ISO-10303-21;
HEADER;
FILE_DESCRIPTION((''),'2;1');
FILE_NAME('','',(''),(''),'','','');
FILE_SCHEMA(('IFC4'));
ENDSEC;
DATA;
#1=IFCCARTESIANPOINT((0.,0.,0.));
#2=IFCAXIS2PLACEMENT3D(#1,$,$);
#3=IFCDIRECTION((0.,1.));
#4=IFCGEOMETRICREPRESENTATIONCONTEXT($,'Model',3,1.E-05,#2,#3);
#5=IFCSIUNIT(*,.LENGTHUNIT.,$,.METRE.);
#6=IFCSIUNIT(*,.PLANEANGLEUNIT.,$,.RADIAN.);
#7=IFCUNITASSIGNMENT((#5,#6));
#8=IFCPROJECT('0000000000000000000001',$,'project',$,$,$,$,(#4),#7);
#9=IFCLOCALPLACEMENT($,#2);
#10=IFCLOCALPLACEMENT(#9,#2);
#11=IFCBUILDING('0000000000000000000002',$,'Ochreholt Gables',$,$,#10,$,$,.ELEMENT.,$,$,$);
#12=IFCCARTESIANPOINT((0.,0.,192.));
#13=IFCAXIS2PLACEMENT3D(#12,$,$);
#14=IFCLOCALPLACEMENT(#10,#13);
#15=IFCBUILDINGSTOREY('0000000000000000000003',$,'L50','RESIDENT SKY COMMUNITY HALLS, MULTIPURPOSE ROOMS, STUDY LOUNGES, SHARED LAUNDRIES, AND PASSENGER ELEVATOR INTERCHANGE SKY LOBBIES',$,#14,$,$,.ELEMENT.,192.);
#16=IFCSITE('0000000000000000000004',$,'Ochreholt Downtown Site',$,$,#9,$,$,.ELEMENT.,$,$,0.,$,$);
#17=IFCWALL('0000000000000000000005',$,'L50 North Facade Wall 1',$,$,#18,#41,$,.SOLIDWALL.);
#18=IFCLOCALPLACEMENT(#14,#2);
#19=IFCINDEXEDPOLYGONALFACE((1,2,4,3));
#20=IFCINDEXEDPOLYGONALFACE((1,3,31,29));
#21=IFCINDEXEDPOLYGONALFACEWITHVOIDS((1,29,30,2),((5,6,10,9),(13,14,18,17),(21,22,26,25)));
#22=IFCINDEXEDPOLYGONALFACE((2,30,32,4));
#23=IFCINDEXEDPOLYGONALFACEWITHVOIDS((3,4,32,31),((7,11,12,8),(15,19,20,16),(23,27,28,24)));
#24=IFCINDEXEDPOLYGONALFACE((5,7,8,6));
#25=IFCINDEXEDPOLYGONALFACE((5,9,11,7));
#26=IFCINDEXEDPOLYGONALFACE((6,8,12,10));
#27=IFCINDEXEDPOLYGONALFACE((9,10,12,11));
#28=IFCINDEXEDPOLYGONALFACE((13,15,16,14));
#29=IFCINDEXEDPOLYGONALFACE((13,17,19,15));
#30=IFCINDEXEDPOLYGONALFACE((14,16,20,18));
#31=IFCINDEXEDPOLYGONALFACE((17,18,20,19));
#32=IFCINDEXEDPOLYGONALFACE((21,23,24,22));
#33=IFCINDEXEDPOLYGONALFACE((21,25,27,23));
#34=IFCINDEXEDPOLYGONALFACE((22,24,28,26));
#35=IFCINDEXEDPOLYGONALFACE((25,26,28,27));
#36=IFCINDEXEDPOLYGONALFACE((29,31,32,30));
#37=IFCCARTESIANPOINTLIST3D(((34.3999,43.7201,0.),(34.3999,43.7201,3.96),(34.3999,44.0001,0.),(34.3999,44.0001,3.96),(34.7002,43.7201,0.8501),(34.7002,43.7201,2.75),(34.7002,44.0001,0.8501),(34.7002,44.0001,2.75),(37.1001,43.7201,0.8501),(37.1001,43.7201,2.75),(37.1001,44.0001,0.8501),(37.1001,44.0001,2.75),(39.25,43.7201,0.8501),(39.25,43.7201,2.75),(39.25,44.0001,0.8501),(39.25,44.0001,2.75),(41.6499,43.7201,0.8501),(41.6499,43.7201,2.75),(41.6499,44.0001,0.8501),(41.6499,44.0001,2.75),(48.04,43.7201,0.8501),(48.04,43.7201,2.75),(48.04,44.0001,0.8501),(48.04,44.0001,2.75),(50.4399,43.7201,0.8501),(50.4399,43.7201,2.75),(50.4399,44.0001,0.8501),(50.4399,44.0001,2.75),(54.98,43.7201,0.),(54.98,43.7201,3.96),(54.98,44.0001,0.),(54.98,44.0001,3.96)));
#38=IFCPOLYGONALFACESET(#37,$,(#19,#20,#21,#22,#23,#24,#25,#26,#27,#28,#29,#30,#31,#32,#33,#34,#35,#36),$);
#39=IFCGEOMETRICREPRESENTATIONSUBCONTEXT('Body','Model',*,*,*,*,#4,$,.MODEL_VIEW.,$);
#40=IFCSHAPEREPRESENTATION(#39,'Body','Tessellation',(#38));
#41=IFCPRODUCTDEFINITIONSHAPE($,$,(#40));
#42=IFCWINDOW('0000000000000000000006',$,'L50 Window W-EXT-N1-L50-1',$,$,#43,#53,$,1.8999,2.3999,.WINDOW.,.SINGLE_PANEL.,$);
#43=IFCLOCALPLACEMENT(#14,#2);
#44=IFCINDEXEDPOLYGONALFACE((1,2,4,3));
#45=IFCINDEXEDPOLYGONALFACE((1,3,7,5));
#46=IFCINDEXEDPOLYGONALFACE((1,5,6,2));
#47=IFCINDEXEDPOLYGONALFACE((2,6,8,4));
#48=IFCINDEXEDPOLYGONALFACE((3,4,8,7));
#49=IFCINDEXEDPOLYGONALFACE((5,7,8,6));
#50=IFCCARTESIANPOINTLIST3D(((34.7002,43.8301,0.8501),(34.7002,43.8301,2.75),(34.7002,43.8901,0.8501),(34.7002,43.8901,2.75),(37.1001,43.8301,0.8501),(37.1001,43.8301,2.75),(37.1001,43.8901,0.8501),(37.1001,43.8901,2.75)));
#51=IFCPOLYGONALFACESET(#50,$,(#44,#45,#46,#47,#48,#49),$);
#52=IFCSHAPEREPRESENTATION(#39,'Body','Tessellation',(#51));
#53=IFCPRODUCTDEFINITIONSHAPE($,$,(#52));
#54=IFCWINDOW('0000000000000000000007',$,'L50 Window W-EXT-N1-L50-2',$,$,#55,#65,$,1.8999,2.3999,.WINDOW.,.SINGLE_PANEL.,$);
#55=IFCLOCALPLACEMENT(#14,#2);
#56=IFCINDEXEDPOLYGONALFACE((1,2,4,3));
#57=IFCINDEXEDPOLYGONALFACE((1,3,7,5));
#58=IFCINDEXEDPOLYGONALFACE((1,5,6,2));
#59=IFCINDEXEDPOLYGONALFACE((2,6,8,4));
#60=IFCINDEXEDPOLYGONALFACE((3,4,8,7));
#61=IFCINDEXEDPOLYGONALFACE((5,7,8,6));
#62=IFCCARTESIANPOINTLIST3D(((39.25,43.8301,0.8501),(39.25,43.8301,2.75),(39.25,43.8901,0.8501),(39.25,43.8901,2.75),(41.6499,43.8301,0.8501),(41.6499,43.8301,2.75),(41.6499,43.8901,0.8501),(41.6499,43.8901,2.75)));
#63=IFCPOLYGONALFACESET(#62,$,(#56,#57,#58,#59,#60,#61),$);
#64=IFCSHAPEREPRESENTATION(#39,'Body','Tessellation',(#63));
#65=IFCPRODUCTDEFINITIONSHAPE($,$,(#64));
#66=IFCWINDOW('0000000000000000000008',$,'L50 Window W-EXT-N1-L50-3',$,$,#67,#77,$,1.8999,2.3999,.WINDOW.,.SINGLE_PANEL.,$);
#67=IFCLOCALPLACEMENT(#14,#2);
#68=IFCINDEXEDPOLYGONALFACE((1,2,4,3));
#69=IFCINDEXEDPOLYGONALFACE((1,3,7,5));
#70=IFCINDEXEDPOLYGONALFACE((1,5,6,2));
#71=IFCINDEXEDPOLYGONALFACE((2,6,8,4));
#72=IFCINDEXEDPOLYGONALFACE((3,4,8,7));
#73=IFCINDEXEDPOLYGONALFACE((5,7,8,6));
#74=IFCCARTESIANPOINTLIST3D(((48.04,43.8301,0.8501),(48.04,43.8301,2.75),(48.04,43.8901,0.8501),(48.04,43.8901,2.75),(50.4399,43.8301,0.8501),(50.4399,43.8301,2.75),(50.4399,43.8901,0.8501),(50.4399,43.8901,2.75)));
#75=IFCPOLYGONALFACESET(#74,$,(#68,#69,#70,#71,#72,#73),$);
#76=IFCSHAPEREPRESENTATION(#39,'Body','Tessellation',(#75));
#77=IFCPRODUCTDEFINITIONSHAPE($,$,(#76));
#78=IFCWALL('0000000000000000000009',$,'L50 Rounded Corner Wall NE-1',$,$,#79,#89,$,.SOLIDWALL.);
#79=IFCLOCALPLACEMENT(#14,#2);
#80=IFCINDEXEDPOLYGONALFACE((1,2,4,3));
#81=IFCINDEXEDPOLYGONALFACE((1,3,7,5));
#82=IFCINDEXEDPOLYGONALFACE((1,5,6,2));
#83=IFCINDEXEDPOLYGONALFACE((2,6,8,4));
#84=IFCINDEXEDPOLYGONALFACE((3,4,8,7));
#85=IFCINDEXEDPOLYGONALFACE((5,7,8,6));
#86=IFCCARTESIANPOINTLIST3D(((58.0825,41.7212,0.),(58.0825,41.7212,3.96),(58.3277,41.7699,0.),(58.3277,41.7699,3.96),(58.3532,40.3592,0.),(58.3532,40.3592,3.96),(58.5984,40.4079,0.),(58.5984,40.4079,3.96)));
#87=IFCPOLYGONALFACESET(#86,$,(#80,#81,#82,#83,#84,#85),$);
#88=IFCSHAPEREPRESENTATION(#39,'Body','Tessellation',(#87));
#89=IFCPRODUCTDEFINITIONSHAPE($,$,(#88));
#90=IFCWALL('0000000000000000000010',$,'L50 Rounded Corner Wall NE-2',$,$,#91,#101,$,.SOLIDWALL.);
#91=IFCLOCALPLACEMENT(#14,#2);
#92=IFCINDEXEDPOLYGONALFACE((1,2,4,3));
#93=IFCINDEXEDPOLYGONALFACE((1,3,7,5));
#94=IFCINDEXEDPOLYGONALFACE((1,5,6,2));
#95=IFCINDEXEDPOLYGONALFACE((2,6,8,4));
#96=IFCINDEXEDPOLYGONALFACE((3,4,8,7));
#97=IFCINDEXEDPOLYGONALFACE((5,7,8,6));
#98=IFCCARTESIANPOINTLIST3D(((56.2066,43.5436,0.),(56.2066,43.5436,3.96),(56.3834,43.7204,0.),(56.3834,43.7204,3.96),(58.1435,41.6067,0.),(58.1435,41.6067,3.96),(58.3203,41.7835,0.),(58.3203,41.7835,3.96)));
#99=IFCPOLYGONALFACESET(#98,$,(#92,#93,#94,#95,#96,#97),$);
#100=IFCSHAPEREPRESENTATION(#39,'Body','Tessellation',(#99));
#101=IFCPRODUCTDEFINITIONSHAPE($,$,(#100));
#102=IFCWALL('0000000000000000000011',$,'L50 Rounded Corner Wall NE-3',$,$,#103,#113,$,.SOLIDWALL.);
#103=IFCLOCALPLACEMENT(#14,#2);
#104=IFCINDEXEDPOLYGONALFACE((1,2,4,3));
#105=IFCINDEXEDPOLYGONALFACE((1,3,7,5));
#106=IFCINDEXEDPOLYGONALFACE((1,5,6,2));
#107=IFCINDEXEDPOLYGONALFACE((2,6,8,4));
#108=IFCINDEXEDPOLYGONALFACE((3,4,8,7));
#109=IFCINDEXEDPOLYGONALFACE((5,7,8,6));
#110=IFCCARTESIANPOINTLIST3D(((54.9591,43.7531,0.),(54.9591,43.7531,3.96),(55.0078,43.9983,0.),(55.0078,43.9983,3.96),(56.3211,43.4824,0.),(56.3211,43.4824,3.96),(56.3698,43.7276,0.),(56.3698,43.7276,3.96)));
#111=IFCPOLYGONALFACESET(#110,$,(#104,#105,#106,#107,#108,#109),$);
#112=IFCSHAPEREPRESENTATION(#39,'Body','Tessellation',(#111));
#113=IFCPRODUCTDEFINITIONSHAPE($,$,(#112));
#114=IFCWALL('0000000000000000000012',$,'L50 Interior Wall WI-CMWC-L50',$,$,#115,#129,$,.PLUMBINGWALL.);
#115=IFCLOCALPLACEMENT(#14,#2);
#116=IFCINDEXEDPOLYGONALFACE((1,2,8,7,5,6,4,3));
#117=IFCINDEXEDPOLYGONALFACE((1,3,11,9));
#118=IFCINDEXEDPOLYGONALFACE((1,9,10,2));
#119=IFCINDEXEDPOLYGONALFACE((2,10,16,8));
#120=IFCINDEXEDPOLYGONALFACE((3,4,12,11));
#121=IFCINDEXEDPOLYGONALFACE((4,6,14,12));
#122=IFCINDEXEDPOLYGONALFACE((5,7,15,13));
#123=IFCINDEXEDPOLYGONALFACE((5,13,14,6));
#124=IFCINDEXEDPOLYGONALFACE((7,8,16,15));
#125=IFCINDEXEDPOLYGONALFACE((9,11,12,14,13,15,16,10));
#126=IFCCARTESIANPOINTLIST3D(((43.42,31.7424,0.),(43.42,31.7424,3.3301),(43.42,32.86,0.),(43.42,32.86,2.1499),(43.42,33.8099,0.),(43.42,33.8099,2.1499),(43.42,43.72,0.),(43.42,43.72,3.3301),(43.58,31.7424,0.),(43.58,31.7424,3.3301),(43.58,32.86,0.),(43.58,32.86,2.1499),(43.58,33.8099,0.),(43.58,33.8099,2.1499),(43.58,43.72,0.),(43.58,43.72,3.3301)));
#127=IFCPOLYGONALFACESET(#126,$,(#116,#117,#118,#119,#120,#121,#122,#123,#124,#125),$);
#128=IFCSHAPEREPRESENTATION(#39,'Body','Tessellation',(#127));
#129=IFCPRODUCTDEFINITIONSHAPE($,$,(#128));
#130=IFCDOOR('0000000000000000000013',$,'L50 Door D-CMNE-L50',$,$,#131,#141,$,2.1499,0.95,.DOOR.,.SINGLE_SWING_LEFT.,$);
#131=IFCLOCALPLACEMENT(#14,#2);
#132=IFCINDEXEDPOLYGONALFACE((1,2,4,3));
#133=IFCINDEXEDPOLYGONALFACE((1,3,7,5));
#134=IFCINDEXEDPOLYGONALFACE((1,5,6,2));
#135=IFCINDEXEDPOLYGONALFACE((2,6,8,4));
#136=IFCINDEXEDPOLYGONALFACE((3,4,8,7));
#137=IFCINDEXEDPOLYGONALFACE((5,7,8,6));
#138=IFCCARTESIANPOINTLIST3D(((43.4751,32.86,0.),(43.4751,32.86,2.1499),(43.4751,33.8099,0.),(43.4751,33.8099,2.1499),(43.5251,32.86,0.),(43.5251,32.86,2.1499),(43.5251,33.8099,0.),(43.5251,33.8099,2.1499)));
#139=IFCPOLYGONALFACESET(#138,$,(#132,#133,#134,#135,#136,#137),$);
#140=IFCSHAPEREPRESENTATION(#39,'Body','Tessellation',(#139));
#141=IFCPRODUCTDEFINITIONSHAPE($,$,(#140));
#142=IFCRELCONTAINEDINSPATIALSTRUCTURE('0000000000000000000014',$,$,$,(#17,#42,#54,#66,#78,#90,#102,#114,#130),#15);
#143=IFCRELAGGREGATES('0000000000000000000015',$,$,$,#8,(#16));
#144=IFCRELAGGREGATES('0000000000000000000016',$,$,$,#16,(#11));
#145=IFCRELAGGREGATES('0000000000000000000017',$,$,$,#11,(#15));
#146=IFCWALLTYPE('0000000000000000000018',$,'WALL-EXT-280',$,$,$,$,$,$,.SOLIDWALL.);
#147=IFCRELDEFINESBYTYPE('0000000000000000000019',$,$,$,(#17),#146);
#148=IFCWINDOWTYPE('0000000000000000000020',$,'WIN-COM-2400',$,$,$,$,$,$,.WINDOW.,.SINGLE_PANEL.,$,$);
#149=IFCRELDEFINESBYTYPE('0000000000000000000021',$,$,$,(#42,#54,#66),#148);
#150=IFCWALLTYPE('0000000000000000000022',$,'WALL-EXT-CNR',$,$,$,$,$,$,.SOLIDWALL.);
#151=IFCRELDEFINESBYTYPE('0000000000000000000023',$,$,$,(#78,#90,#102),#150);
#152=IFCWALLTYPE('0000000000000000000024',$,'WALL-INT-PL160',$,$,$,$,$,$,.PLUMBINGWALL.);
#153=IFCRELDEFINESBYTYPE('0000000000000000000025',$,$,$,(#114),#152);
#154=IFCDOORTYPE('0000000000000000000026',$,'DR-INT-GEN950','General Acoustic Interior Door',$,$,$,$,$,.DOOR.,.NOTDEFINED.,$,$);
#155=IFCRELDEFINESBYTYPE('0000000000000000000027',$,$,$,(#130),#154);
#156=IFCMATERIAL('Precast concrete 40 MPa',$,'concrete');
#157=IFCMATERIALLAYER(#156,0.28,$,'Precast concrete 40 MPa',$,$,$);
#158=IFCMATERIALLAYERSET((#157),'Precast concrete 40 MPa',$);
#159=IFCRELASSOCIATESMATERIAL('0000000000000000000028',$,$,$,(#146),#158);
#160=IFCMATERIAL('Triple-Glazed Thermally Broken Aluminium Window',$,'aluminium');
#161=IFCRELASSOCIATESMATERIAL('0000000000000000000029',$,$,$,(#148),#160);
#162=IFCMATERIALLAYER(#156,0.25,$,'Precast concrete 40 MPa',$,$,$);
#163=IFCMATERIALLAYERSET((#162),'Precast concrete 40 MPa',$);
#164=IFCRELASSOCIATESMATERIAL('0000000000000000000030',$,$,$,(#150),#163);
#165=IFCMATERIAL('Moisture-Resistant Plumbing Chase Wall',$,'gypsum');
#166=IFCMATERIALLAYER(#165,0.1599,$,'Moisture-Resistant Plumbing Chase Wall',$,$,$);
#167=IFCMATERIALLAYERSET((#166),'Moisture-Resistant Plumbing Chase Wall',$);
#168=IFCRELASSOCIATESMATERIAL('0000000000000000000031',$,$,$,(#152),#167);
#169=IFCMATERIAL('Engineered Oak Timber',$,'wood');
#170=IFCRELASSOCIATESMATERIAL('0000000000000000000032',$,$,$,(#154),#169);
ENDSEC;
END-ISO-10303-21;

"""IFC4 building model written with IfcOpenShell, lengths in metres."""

from ifc_helpers import new_model, si_unit, direction, frame, frame_2d, origin, place, context, subcontext, project, spatial, rectangle, extrude, material, layer, layer_set, type_object, element, fill, save


model = new_model("IFC4")

# Units and contexts
model_context = context("Model", 3, precision=1e-05, world=origin(), true_north=direction((0.0, 1.0)))
body_context = subcontext(model_context, "Body", "Model", "MODEL_VIEW")
ifc_project = project(units=[si_unit("LENGTHUNIT", "METRE"), si_unit("PLANEANGLEUNIT", "RADIAN")], contexts=[model_context])

# Site, building, storey
site_placement = place(None, origin())
site = spatial("IfcSite", under=ifc_project, at=site_placement, Name="Ochreholt Downtown Site", CompositionType="ELEMENT", RefElevation=0.0)
building_placement = place(site_placement, origin())
building = spatial("IfcBuilding", under=site, at=building_placement, Name="Ochreholt Gables", CompositionType="ELEMENT")
storey_placement = place(building_placement, frame((0.0, 0.0, 192.0)))
storey = spatial("IfcBuildingStorey", under=building, at=storey_placement, Name="L50", Description="RESIDENT SKY COMMUNITY HALLS, MULTIPURPOSE ROOMS, STUDY LOUNGES, SHARED LAUNDRIES, AND PASSENGER ELEVATOR INTERCHANGE SKY LOBBIES", CompositionType="ELEMENT", Elevation=192.0)

# Wall, openings, windows
ifc_material_1 = material(Name="Precast concrete 40 MPa", Category="concrete")
ifc_layer_1 = layer(ifc_material_1, 0.28, Name="Precast concrete 40 MPa")
ifc_layer_set_1 = layer_set([ifc_layer_1], Name="Precast concrete 40 MPa")
wall_type_1 = type_object("IfcWallType", Name="WALL-EXT-280", PredefinedType="SOLIDWALL", material=ifc_layer_set_1)
wall_1_placement = place(storey_placement, frame((54.98, 43.8601, 0.0), z_axis=(0.0, 0.0, 1.0), x_axis=(-1.0, 0.0, 0.0)))
wall_1 = element("IfcWall", 1, at=wall_1_placement, inside=storey, type_object=wall_type_1, Name="L50 North Facade Wall 1", PredefinedType="SOLIDWALL", context=body_context, shape_type="SweptSolid", body=[
    extrude(rectangle(XDim=20.5801, YDim=0.28, at=frame_2d((10.29, 0.0))), origin(), (0.0, 0.0, 1.0), 3.96),
])
opening_1_placement = place(wall_1_placement, frame((17.8799, 0.0, 0.8501)))
opening_1 = element("IfcOpeningElement", 2, at=opening_1_placement, cuts=wall_1, PredefinedType="OPENING", context=body_context, shape_type="SweptSolid", body=[
    extrude(rectangle(XDim=2.3999, YDim=1.8999, at=frame_2d((1.2, 0.95))), frame((0.0, 0.1499, 0.0), z_axis=(0.0, -1.0, 0.0), x_axis=(1.0, 0.0, 0.0)), (0.0, 0.0, 1.0), 0.3),
])
opening_2_placement = place(wall_1_placement, frame((13.3301, 0.0, 0.8501)))
opening_2 = element("IfcOpeningElement", 3, at=opening_2_placement, cuts=wall_1, PredefinedType="OPENING", context=body_context, shape_type="SweptSolid", body=[
    extrude(rectangle(XDim=2.3999, YDim=1.8999, at=frame_2d((1.2, 0.95))), frame((0.0, 0.1499, 0.0), z_axis=(0.0, -1.0, 0.0), x_axis=(1.0, 0.0, 0.0)), (0.0, 0.0, 1.0), 0.3),
])
opening_3_placement = place(wall_1_placement, frame((4.54, 0.0, 0.8501)))
opening_3 = element("IfcOpeningElement", 4, at=opening_3_placement, cuts=wall_1, PredefinedType="OPENING", context=body_context, shape_type="SweptSolid", body=[
    extrude(rectangle(XDim=2.3999, YDim=1.8999, at=frame_2d((1.2, 0.95))), frame((0.0, 0.1499, 0.0), z_axis=(0.0, -1.0, 0.0), x_axis=(1.0, 0.0, 0.0)), (0.0, 0.0, 1.0), 0.3),
])
ifc_material_2 = material(Name="Triple-Glazed Thermally Broken Aluminium Window", Category="aluminium")
window_type = type_object("IfcWindowType", Name="WIN-COM-2400", PartitioningType="SINGLE_PANEL", PredefinedType="WINDOW", material=ifc_material_2)
window_1_placement = place(opening_1_placement, origin())
window_1 = element("IfcWindow", 5, at=window_1_placement, inside=storey, type_object=window_type, Name="L50 Window W-EXT-N1-L50-1", OverallHeight=1.8999, OverallWidth=2.3999, PartitioningType="SINGLE_PANEL", PredefinedType="WINDOW", context=body_context, shape_type="SweptSolid", body=[
    extrude(rectangle(XDim=2.3999, YDim=1.8999, at=frame_2d((1.2, 0.95))), frame((0.0, 0.03, 0.0), z_axis=(0.0, -1.0, 0.0), x_axis=(1.0, 0.0, 0.0)), (0.0, 0.0, 1.0), 0.0601),
])
fill(opening_1, window_1)
window_2_placement = place(opening_2_placement, origin())
window_2 = element("IfcWindow", 6, at=window_2_placement, inside=storey, type_object=window_type, Name="L50 Window W-EXT-N1-L50-2", OverallHeight=1.8999, OverallWidth=2.3999, PartitioningType="SINGLE_PANEL", PredefinedType="WINDOW", context=body_context, shape_type="SweptSolid", body=[
    extrude(rectangle(XDim=2.3999, YDim=1.8999, at=frame_2d((1.2, 0.95))), frame((0.0, 0.03, 0.0), z_axis=(0.0, -1.0, 0.0), x_axis=(1.0, 0.0, 0.0)), (0.0, 0.0, 1.0), 0.0601),
])
fill(opening_2, window_2)
window_3_placement = place(opening_3_placement, origin())
window_3 = element("IfcWindow", 7, at=window_3_placement, inside=storey, type_object=window_type, Name="L50 Window W-EXT-N1-L50-3", OverallHeight=1.8999, OverallWidth=2.3999, PartitioningType="SINGLE_PANEL", PredefinedType="WINDOW", context=body_context, shape_type="SweptSolid", body=[
    extrude(rectangle(XDim=2.3999, YDim=1.8999, at=frame_2d((1.2, 0.95))), frame((0.0, 0.03, 0.0), z_axis=(0.0, -1.0, 0.0), x_axis=(1.0, 0.0, 0.0)), (0.0, 0.0, 1.0), 0.0601),
])
fill(opening_3, window_3)

# Walls
ifc_layer_2 = layer(ifc_material_1, 0.25, Name="Precast concrete 40 MPa")
ifc_layer_set_2 = layer_set([ifc_layer_2], Name="Precast concrete 40 MPa")
wall_type_2 = type_object("IfcWallType", Name="WALL-EXT-CNR", PredefinedType="SOLIDWALL", material=ifc_layer_set_2)
wall_2_placement = place(storey_placement, frame((58.4758, 40.3835, 0.0), z_axis=(0.0, 0.0, 1.0), x_axis=(-0.194967, 0.98081, 0.0)))
element("IfcWall", 8, at=wall_2_placement, inside=storey, type_object=wall_type_2, Name="L50 Rounded Corner Wall NE-1", PredefinedType="SOLIDWALL", context=body_context, shape_type="SweptSolid", body=[
    extrude(rectangle(XDim=1.3887, YDim=0.25, at=frame_2d((0.6943, 0.0))), origin(), (0.0, 0.0, 1.0), 3.96),
])
wall_3_placement = place(storey_placement, frame((58.2319, 41.6951, 0.0), z_axis=(0.0, 0.0, 1.0), x_axis=(-0.707107, 0.707107, 0.0)))
element("IfcWall", 9, at=wall_3_placement, inside=storey, type_object=wall_type_2, Name="L50 Rounded Corner Wall NE-2", PredefinedType="SOLIDWALL", context=body_context, shape_type="SweptSolid", body=[
    extrude(rectangle(XDim=2.7393, YDim=0.25, at=frame_2d((1.3696, 0.0))), origin(), (0.0, 0.0, 1.0), 3.96),
])
wall_4_placement = place(storey_placement, frame((56.3455, 43.605, 0.0), z_axis=(0.0, 0.0, 1.0), x_axis=(-0.98081, 0.194967, 0.0)))
element("IfcWall", 10, at=wall_4_placement, inside=storey, type_object=wall_type_2, Name="L50 Rounded Corner Wall NE-3", PredefinedType="SOLIDWALL", context=body_context, shape_type="SweptSolid", body=[
    extrude(rectangle(XDim=1.3887, YDim=0.25, at=frame_2d((0.6943, 0.0))), origin(), (0.0, 0.0, 1.0), 3.96),
])

# Wall, opening, door
ifc_material_3 = material(Name="Moisture-Resistant Plumbing Chase Wall", Category="gypsum")
ifc_layer_3 = layer(ifc_material_3, 0.1599, Name="Moisture-Resistant Plumbing Chase Wall")
ifc_layer_set_3 = layer_set([ifc_layer_3], Name="Moisture-Resistant Plumbing Chase Wall")
wall_type_3 = type_object("IfcWallType", Name="WALL-INT-PL160", PredefinedType="PLUMBINGWALL", material=ifc_layer_set_3)
wall_5_placement = place(storey_placement, frame((43.5, 31.7424, 0.0), z_axis=(0.0, 0.0, 1.0), x_axis=(0.0, 1.0, 0.0)))
wall_5 = element("IfcWall", 11, at=wall_5_placement, inside=storey, type_object=wall_type_3, Name="L50 Interior Wall WI-CMWC-L50", PredefinedType="PLUMBINGWALL", context=body_context, shape_type="SweptSolid", body=[
    extrude(rectangle(XDim=11.9775, YDim=0.1599, at=frame_2d((5.9888, 0.0))), origin(), (0.0, 0.0, 1.0), 3.3301),
])
opening_4_placement = place(wall_5_placement, frame((1.1174, 0.0, 0.0)))
opening_4 = element("IfcOpeningElement", 12, at=opening_4_placement, cuts=wall_5, PredefinedType="OPENING", context=body_context, shape_type="SweptSolid", body=[
    extrude(rectangle(XDim=0.95, YDim=2.1499, at=frame_2d((0.4751, 1.075))), frame((0.0, 0.0898, 0.0), z_axis=(0.0, -1.0, 0.0), x_axis=(1.0, 0.0, 0.0)), (0.0, 0.0, 1.0), 0.1799),
])
ifc_material_4 = material(Name="Engineered Oak Timber", Category="wood")
door_type = type_object("IfcDoorType", Name="DR-INT-GEN950", Description="General Acoustic Interior Door", OperationType="NOTDEFINED", PredefinedType="DOOR", material=ifc_material_4)
door_placement = place(opening_4_placement, origin())
door = element("IfcDoor", 13, at=door_placement, inside=storey, type_object=door_type, Name="L50 Door D-CMNE-L50", OperationType="SINGLE_SWING_LEFT", OverallHeight=2.1499, OverallWidth=0.95, PredefinedType="DOOR", context=body_context, shape_type="SweptSolid", body=[
    extrude(rectangle(XDim=0.95, YDim=2.1499, at=frame_2d((0.4751, 1.075))), frame((0.0, 0.0249, 0.0), z_axis=(0.0, -1.0, 0.0), x_axis=(1.0, 0.0, 0.0)), (0.0, 0.0, 1.0), 0.05),
])
fill(opening_4, door)

save(model, "model.ifc")
